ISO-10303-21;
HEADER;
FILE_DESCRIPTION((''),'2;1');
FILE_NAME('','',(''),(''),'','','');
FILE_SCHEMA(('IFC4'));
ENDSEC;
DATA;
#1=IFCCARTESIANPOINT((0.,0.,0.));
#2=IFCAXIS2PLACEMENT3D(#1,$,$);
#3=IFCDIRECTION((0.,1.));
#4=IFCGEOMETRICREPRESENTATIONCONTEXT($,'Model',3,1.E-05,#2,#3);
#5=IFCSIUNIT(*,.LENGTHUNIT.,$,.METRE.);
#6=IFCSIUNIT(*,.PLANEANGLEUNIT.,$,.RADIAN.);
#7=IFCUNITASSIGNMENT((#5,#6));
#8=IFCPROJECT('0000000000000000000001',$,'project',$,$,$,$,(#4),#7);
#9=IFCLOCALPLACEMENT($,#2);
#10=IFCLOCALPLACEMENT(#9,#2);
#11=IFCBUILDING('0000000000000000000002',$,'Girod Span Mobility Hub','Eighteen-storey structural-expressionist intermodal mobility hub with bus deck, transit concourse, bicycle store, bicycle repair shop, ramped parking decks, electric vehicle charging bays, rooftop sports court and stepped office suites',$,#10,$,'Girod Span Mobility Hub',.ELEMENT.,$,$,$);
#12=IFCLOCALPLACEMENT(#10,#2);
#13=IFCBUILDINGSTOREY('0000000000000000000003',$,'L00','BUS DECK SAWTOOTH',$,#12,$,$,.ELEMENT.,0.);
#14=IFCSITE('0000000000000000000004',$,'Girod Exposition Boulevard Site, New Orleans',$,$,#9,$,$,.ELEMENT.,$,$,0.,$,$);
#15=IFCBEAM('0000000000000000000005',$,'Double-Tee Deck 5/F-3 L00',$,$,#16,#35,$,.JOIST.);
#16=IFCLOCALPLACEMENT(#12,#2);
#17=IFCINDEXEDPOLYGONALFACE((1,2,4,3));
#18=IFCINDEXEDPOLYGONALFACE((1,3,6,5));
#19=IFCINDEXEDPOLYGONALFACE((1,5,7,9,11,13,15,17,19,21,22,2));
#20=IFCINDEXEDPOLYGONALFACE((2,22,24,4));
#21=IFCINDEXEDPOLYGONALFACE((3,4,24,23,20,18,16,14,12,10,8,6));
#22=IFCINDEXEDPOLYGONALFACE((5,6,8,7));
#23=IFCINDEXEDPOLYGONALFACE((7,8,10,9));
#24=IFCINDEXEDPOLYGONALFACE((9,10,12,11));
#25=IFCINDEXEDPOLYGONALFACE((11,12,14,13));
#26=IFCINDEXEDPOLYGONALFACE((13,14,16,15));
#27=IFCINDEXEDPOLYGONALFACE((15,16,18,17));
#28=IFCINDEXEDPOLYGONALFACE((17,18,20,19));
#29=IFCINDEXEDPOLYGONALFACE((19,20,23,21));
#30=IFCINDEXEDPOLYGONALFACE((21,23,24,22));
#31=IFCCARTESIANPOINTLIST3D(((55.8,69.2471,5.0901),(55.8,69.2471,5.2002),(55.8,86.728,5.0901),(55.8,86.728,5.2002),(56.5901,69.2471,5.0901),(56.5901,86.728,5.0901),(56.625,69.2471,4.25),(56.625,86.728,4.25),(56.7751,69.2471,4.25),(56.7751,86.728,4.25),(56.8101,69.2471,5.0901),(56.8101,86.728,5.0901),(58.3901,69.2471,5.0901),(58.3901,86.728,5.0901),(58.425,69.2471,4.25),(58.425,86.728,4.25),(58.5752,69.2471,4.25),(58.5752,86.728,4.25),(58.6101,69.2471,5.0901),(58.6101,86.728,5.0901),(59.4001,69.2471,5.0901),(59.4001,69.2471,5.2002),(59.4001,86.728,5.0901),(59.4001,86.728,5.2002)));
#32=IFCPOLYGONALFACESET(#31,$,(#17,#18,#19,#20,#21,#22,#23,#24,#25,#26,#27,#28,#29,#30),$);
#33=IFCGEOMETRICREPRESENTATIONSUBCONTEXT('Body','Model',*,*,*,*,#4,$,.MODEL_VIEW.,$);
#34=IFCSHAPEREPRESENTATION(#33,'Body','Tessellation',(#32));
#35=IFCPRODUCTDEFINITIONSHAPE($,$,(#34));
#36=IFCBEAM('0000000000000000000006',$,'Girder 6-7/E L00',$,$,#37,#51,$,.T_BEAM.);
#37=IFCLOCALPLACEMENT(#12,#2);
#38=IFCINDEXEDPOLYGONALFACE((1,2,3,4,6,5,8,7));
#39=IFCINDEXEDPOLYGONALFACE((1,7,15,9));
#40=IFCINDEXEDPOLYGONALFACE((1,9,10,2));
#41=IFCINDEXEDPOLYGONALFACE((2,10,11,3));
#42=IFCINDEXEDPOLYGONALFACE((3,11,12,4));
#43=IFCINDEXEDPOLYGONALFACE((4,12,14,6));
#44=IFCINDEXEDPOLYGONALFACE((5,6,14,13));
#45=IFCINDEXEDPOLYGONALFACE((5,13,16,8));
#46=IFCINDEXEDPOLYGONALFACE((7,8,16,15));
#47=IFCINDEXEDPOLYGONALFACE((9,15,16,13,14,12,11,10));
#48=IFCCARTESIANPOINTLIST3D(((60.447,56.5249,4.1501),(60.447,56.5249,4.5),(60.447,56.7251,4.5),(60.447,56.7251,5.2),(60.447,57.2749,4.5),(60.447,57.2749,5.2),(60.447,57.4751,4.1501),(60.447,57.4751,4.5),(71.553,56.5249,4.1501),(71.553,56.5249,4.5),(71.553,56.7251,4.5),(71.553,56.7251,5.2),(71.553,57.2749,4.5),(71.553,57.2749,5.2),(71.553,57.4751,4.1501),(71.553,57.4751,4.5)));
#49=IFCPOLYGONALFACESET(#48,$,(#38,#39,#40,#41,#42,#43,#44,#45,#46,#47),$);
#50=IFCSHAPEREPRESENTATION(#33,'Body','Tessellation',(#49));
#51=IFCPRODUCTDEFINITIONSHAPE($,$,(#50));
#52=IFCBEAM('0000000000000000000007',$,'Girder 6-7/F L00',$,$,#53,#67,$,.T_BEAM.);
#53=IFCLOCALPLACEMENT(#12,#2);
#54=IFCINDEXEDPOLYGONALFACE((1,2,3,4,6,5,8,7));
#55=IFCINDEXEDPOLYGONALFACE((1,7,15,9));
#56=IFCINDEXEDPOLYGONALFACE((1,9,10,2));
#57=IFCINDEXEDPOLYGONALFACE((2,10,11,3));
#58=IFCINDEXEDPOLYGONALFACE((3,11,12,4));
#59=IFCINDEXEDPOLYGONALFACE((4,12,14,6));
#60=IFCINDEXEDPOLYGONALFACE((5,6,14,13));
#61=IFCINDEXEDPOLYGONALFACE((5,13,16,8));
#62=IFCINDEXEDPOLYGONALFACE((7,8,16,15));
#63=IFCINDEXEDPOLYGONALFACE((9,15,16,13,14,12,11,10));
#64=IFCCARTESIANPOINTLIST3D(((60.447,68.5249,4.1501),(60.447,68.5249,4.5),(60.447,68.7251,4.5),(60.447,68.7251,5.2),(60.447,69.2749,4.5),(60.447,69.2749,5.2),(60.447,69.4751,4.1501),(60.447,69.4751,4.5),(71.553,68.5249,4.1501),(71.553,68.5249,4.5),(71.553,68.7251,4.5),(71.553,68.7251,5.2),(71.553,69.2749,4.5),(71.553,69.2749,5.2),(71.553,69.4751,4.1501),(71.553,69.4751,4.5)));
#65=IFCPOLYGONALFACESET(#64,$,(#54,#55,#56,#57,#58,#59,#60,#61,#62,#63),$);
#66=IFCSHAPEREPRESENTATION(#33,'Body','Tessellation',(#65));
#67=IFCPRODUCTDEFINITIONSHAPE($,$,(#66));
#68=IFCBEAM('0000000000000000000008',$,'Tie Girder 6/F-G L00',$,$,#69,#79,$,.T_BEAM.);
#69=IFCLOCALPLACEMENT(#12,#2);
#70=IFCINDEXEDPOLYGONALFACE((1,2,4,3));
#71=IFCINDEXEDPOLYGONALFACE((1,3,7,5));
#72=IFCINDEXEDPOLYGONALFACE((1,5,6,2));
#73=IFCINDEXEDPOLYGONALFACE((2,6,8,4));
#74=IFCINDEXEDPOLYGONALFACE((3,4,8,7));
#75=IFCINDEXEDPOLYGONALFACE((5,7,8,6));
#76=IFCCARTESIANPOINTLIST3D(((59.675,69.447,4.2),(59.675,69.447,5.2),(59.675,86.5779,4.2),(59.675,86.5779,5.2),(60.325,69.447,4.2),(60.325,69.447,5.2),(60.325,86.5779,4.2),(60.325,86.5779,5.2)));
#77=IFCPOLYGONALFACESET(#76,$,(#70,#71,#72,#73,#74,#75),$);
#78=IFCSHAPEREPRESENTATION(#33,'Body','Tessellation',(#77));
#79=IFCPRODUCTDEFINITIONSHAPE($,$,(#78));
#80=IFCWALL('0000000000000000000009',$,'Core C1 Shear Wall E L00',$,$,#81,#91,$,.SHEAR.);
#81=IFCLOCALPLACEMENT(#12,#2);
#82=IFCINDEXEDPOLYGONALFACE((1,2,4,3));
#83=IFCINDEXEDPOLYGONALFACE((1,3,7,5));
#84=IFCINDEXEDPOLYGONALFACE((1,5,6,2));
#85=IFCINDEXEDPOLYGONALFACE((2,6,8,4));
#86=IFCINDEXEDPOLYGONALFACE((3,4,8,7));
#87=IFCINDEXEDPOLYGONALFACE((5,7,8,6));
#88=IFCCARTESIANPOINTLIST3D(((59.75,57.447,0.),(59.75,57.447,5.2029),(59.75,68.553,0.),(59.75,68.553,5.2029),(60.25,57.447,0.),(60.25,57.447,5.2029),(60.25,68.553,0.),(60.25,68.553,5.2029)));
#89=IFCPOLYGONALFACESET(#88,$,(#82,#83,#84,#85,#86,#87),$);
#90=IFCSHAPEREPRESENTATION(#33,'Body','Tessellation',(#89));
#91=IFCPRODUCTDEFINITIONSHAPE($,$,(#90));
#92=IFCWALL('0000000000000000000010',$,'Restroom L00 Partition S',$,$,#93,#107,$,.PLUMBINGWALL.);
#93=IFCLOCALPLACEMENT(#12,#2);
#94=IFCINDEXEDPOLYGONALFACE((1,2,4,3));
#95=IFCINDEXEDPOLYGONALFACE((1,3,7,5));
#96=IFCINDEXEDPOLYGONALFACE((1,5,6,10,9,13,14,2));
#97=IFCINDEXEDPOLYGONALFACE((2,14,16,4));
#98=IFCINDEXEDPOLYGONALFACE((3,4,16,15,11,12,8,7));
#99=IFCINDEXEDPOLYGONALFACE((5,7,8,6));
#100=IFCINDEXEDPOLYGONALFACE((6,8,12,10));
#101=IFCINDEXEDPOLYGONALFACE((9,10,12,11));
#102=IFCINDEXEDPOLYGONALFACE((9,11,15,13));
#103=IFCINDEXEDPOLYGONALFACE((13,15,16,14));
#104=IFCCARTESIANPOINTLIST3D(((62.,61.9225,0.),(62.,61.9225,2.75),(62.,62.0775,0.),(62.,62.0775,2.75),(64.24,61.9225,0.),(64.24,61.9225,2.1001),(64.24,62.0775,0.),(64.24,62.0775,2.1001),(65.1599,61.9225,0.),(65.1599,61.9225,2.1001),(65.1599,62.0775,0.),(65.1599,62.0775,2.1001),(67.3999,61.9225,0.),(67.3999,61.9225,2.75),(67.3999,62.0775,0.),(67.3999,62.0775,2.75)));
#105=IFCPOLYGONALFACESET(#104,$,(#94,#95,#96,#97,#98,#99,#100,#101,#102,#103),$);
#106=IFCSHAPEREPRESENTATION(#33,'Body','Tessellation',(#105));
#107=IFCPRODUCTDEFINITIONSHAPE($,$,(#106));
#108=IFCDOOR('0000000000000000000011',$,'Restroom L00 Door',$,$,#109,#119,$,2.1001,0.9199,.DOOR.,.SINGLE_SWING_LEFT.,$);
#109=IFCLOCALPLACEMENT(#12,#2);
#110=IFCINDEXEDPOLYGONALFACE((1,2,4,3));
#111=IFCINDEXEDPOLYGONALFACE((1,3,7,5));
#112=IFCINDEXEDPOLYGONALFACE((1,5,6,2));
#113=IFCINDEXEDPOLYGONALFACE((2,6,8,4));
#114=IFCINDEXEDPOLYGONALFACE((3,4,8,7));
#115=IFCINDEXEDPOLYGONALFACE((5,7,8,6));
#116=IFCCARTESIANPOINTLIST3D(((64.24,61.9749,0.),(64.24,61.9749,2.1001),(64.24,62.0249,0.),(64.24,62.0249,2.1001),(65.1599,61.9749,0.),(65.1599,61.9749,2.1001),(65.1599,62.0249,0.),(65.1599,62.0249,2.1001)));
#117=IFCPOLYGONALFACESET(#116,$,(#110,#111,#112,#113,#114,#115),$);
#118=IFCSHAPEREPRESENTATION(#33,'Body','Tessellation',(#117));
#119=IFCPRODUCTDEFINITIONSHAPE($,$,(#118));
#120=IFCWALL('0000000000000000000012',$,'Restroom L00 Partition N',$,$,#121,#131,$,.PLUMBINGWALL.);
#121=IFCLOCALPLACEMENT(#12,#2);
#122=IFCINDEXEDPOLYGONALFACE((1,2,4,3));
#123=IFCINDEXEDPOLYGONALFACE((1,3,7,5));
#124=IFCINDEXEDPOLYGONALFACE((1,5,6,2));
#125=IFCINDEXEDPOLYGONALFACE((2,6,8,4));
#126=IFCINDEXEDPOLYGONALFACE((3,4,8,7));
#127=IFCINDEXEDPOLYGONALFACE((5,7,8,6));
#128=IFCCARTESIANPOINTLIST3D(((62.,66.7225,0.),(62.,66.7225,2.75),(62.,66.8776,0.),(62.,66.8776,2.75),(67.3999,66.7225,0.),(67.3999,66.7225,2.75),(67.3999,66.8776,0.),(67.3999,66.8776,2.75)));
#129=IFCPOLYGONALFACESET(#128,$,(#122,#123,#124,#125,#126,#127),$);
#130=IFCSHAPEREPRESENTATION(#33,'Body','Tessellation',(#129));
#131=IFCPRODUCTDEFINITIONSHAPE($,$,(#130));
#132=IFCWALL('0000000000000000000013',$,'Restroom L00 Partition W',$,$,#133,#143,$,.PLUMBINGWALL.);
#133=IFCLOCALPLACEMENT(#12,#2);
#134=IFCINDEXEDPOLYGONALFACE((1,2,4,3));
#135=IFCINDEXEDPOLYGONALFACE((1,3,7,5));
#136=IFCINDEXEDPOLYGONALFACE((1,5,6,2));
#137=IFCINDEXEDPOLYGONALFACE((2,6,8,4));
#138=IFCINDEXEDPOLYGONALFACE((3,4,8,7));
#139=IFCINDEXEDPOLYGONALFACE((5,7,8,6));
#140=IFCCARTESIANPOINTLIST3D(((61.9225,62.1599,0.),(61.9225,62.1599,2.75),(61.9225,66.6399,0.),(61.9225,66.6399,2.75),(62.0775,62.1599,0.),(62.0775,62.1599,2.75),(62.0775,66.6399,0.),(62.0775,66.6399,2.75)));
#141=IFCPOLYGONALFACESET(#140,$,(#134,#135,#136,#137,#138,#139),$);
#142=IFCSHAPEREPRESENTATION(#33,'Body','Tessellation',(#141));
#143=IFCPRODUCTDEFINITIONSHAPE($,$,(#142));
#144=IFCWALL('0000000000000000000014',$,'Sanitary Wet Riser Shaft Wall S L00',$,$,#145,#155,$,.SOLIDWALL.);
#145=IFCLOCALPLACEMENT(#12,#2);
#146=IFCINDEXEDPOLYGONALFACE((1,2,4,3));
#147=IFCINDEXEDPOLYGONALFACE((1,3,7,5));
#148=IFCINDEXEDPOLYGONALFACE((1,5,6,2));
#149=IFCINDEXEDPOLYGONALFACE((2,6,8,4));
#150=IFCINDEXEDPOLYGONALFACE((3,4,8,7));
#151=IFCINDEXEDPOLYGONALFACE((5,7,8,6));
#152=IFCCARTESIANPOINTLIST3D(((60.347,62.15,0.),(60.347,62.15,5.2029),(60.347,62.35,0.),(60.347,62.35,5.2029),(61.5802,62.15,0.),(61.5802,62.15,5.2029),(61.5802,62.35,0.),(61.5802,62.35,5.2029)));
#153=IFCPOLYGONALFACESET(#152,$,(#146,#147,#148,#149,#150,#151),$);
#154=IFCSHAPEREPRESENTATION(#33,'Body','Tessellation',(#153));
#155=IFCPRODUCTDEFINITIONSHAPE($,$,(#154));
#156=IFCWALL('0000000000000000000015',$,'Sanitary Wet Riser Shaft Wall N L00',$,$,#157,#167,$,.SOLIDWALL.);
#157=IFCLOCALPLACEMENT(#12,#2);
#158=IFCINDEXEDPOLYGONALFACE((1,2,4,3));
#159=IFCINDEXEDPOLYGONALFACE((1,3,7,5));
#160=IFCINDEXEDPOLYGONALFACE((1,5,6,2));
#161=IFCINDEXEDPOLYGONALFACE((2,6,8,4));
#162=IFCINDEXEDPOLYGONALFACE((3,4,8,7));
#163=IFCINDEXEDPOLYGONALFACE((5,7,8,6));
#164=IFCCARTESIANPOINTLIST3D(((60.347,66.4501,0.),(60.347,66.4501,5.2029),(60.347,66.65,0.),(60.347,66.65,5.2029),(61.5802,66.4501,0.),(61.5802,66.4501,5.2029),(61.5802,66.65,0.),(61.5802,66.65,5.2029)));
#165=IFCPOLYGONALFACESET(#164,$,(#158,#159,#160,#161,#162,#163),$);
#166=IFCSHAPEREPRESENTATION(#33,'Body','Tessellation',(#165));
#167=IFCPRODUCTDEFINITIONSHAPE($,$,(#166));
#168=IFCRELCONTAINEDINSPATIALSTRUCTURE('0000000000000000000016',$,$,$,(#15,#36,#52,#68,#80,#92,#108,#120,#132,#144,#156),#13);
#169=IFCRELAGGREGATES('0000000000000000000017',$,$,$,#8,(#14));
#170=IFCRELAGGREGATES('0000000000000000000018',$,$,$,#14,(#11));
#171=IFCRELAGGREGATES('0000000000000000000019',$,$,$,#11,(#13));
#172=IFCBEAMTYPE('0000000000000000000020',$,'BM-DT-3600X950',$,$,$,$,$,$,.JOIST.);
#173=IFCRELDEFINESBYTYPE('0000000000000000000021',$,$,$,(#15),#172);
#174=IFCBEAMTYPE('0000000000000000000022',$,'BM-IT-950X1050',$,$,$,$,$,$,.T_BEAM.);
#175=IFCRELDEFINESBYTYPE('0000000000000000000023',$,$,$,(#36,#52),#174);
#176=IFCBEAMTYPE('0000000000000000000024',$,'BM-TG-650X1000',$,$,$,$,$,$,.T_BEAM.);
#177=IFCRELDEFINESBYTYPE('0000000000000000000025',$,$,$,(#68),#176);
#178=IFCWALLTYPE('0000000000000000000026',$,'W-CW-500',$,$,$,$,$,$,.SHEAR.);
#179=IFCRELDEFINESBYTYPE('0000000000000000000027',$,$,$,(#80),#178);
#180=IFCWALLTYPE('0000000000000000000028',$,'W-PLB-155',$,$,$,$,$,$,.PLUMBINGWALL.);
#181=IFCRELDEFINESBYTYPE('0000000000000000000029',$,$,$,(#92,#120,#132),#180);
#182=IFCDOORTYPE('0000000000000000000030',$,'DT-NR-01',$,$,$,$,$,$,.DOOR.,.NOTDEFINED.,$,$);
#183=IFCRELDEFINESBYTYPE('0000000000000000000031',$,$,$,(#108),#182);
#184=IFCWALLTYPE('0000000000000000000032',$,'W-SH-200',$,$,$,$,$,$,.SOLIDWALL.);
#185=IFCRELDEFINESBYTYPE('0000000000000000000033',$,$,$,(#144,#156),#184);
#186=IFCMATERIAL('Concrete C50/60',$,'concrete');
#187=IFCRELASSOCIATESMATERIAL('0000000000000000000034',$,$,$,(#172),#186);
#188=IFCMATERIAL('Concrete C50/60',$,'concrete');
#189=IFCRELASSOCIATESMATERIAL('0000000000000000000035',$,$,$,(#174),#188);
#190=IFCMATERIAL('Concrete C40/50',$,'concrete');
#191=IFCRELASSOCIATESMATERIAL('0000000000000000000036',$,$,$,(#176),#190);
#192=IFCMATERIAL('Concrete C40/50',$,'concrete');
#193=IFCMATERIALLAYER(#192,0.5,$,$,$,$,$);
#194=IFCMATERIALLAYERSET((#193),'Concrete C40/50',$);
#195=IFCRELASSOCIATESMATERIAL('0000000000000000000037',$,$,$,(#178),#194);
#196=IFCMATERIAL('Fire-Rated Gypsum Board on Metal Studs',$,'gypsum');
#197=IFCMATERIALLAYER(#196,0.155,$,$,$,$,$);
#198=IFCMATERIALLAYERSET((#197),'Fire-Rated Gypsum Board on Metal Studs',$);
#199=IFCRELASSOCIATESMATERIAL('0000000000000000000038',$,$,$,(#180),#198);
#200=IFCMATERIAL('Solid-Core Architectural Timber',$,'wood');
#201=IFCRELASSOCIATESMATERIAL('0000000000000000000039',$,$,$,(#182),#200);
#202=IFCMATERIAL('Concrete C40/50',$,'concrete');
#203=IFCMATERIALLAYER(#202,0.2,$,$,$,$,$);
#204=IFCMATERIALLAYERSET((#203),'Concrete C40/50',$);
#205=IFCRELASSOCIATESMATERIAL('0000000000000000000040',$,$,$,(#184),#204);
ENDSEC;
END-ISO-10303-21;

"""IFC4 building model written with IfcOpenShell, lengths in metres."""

from ifc_helpers import new_model, si_unit, direction, frame, frame_2d, origin, origin_2d, place, context, subcontext, project, spatial, polyline, rectangle, outline, extrude, material, layer, layer_set, material_profile, profile_set, type_object, element, fill, save


model = new_model("IFC4")

# Units and contexts
model_context = context("Model", 3, precision=1e-05, world=origin(), true_north=direction((0.0, 1.0)))
body_context = subcontext(model_context, "Body", "Model", "MODEL_VIEW")
ifc_project = project(units=[si_unit("LENGTHUNIT", "METRE"), si_unit("PLANEANGLEUNIT", "RADIAN")], contexts=[model_context])

# Site, building, storey
site_placement = place(None, origin())
site = spatial("IfcSite", under=ifc_project, at=site_placement, Name="Girod Exposition Boulevard Site, New Orleans", CompositionType="ELEMENT", RefElevation=0.0)
building_placement = place(site_placement, origin())
building = spatial("IfcBuilding", under=site, at=building_placement, Name="Girod Span Mobility Hub", Description="Eighteen-storey structural-expressionist intermodal mobility hub with bus deck, transit concourse, bicycle store, bicycle repair shop, ramped parking decks, electric vehicle charging bays, rooftop sports court and stepped office suites", LongName="Girod Span Mobility Hub", CompositionType="ELEMENT")
storey_placement = place(building_placement, origin())
storey = spatial("IfcBuildingStorey", under=building, at=storey_placement, Name="L00", Description="BUS DECK SAWTOOTH", CompositionType="ELEMENT", Elevation=0.0)

# Beams
ifc_material_1 = material(Name="Concrete C50/60", Category="concrete")
ifc_material_profile_1 = material_profile(ifc_material_1, outline(polyline([(-1.8, 0.4751), (-1.8, 0.365), (-1.01, 0.365), (-0.9751, -0.4751), (-0.825, -0.4751), (-0.79, 0.365), (0.79, 0.365), (0.825, -0.4751), (0.9751, -0.4751), (1.01, 0.365), (1.8, 0.365), (1.8, 0.4751), (-1.8, 0.4751)])), Name="DT-3600X950")
ifc_profile_set_1 = profile_set([ifc_material_profile_1], Name="Concrete C50/60")
beam_type_1 = type_object("IfcBeamType", Name="BM-DT-3600X950", PredefinedType="JOIST", material=ifc_profile_set_1)
beam_1_placement = place(storey_placement, frame((57.6001, 69.2471, 4.7251), z_axis=(0.0, 1.0, 0.0), x_axis=(-1.0, 0.0, 0.0)))
element("IfcBeam", 1, at=beam_1_placement, inside=storey, type_object=beam_type_1, Name="Double-Tee Deck 5/F-3 L00", PredefinedType="JOIST", context=body_context, shape_type="SweptSolid", body=[
    extrude(outline(polyline([(-1.8, 0.4751), (-1.8, 0.365), (-1.01, 0.365), (-0.9751, -0.4751), (-0.825, -0.4751), (-0.79, 0.365), (0.79, 0.365), (0.825, -0.4751), (0.9751, -0.4751), (1.01, 0.365), (1.8, 0.365), (1.8, 0.4751), (-1.8, 0.4751)])), origin(), (0.0, 0.0, 1.0), 17.481),
])
ifc_material_2 = material(Name="Concrete C50/60", Category="concrete")
ifc_material_profile_2 = material_profile(ifc_material_2, outline(polyline([(-0.4751, -0.5249), (0.4751, -0.5249), (0.4751, -0.175), (0.2749, -0.175), (0.2749, 0.5249), (-0.2749, 0.5249), (-0.2749, -0.175), (-0.4751, -0.175), (-0.4751, -0.5249)])), Name="IT-950X1050")
ifc_profile_set_2 = profile_set([ifc_material_profile_2], Name="Concrete C50/60")
beam_type_2 = type_object("IfcBeamType", Name="BM-IT-950X1050", PredefinedType="T_BEAM", material=ifc_profile_set_2)
for number, where, z_axis, x_axis, name in (
    (2, (60.447, 57.0, 4.675), (1.0, 0.0, 0.0), (0.0, 1.0, 0.0), "Girder 6-7/E L00"),
    (3, (60.447, 69.0, 4.675), (1.0, 0.0, 0.0), (0.0, 1.0, 0.0), "Girder 6-7/F L00"),
):
    element("IfcBeam", number, at=place(storey_placement, frame(where, z_axis=z_axis, x_axis=x_axis)), inside=storey, type_object=beam_type_2, Name=name, PredefinedType="T_BEAM", context=body_context, shape_type="SweptSolid", body=[
        extrude(outline(polyline([(-0.4751, -0.5249), (0.4751, -0.5249), (0.4751, -0.175), (0.2749, -0.175), (0.2749, 0.5249), (-0.2749, 0.5249), (-0.2749, -0.175), (-0.4751, -0.175), (-0.4751, -0.5249)])), origin(), (0.0, 0.0, 1.0), 11.106),
    ])
ifc_material_3 = material(Name="Concrete C40/50", Category="concrete")
ifc_material_profile_3 = material_profile(ifc_material_3, rectangle(XDim=0.6499, YDim=1.0, at=origin_2d()), Name="TG-650X1000")
ifc_profile_set_3 = profile_set([ifc_material_profile_3], Name="Concrete C40/50")
beam_type_3 = type_object("IfcBeamType", Name="BM-TG-650X1000", PredefinedType="T_BEAM", material=ifc_profile_set_3)
beam_2_placement = place(storey_placement, frame((60.0, 69.447, 4.7), z_axis=(0.0, 1.0, 0.0), x_axis=(-1.0, 0.0, 0.0)))
element("IfcBeam", 4, at=beam_2_placement, inside=storey, type_object=beam_type_3, Name="Tie Girder 6/F-G L00", PredefinedType="T_BEAM", context=body_context, shape_type="SweptSolid", body=[
    extrude(rectangle(XDim=0.6499, YDim=1.0, at=origin_2d()), origin(), (0.0, 0.0, 1.0), 17.1309),
])

# Wall
ifc_material_4 = material(Name="Concrete C40/50", Category="concrete")
ifc_layer_1 = layer(ifc_material_4, 0.5)
ifc_layer_set_1 = layer_set([ifc_layer_1], Name="Concrete C40/50")
wall_type_1 = type_object("IfcWallType", Name="W-CW-500", PredefinedType="SHEAR", material=ifc_layer_set_1)
wall_1_placement = place(storey_placement, frame((60.0, 57.447, 0.0), z_axis=(0.0, 0.0, 1.0), x_axis=(0.0, 1.0, 0.0)))
element("IfcWall", 5, at=wall_1_placement, inside=storey, type_object=wall_type_1, Name="Core C1 Shear Wall E L00", PredefinedType="SHEAR", context=body_context, shape_type="SweptSolid", body=[
    extrude(rectangle(XDim=11.106, YDim=0.5, at=frame_2d((5.553, 0.0))), origin(), (0.0, 0.0, 1.0), 5.2029),
])

# Wall, opening, door
ifc_material_5 = material(Name="Fire-Rated Gypsum Board on Metal Studs", Category="gypsum")
ifc_layer_2 = layer(ifc_material_5, 0.155)
ifc_layer_set_2 = layer_set([ifc_layer_2], Name="Fire-Rated Gypsum Board on Metal Studs")
wall_type_2 = type_object("IfcWallType", Name="W-PLB-155", PredefinedType="PLUMBINGWALL", material=ifc_layer_set_2)
wall_2_placement = place(storey_placement, frame((62.0, 62.0, 0.0), z_axis=(0.0, 0.0, 1.0), x_axis=(1.0, 0.0, 0.0)))
wall_2 = element("IfcWall", 6, at=wall_2_placement, inside=storey, type_object=wall_type_2, Name="Restroom L00 Partition S", PredefinedType="PLUMBINGWALL", context=body_context, shape_type="SweptSolid", body=[
    extrude(rectangle(XDim=5.3999, YDim=0.155, at=frame_2d((2.7, 0.0))), origin(), (0.0, 0.0, 1.0), 2.75),
])
opening_placement = place(wall_2_placement, frame((2.24, 0.0, 0.0)))
opening = element("IfcOpeningElement", 7, at=opening_placement, cuts=wall_2, PredefinedType="OPENING", context=body_context, shape_type="SweptSolid", body=[
    extrude(rectangle(XDim=0.9199, YDim=2.1001, at=frame_2d((0.46, 1.05))), frame((0.0, 0.0925, 0.0), z_axis=(0.0, -1.0, 0.0), x_axis=(1.0, 0.0, 0.0)), (0.0, 0.0, 1.0), 0.1851),
])
ifc_material_6 = material(Name="Solid-Core Architectural Timber", Category="wood")
door_type = type_object("IfcDoorType", Name="DT-NR-01", OperationType="NOTDEFINED", PredefinedType="DOOR", material=ifc_material_6)
door_placement = place(opening_placement, origin())
door = element("IfcDoor", 8, at=door_placement, inside=storey, type_object=door_type, Name="Restroom L00 Door", OperationType="SINGLE_SWING_LEFT", OverallHeight=2.1001, OverallWidth=0.9199, PredefinedType="DOOR", context=body_context, shape_type="SweptSolid", body=[
    extrude(rectangle(XDim=0.9199, YDim=2.1001, at=frame_2d((0.46, 1.05))), frame((0.0, 0.0249, 0.0), z_axis=(0.0, -1.0, 0.0), x_axis=(1.0, 0.0, 0.0)), (0.0, 0.0, 1.0), 0.05),
])
fill(opening, door)

# Walls
wall_3_placement = place(storey_placement, frame((62.0, 66.8, 0.0), z_axis=(0.0, 0.0, 1.0), x_axis=(1.0, 0.0, 0.0)))
element("IfcWall", 9, at=wall_3_placement, inside=storey, type_object=wall_type_2, Name="Restroom L00 Partition N", PredefinedType="PLUMBINGWALL", context=body_context, shape_type="SweptSolid", body=[
    extrude(rectangle(XDim=5.3999, YDim=0.155, at=frame_2d((2.7, 0.0))), origin(), (0.0, 0.0, 1.0), 2.75),
])
wall_4_placement = place(storey_placement, frame((62.0, 62.1599, 0.0), z_axis=(0.0, 0.0, 1.0), x_axis=(0.0, 1.0, 0.0)))
element("IfcWall", 10, at=wall_4_placement, inside=storey, type_object=wall_type_2, Name="Restroom L00 Partition W", PredefinedType="PLUMBINGWALL", context=body_context, shape_type="SweptSolid", body=[
    extrude(rectangle(XDim=4.48, YDim=0.155, at=frame_2d((2.24, 0.0))), origin(), (0.0, 0.0, 1.0), 2.75),
])
ifc_material_7 = material(Name="Concrete C40/50", Category="concrete")
ifc_layer_3 = layer(ifc_material_7, 0.2)
ifc_layer_set_3 = layer_set([ifc_layer_3], Name="Concrete C40/50")
wall_type_3 = type_object("IfcWallType", Name="W-SH-200", PredefinedType="SOLIDWALL", material=ifc_layer_set_3)
for number, where, z_axis, x_axis, name in (
    (11, (60.3469, 62.25, 0.0), (0.0, 0.0, 1.0), (1.0, 0.0, 0.0), "Sanitary Wet Riser Shaft Wall S L00"),
    (12, (60.3469, 66.55, 0.0), (0.0, 0.0, 1.0), (1.0, 0.0, 0.0), "Sanitary Wet Riser Shaft Wall N L00"),
):
    element("IfcWall", number, at=place(storey_placement, frame(where, z_axis=z_axis, x_axis=x_axis)), inside=storey, type_object=wall_type_3, Name=name, PredefinedType="SOLIDWALL", context=body_context, shape_type="SweptSolid", body=[
        extrude(rectangle(XDim=1.2332, YDim=0.2, at=frame_2d((0.6167, 0.0))), origin(), (0.0, 0.0, 1.0), 5.2029),
    ])

save(model, "model.ifc")
